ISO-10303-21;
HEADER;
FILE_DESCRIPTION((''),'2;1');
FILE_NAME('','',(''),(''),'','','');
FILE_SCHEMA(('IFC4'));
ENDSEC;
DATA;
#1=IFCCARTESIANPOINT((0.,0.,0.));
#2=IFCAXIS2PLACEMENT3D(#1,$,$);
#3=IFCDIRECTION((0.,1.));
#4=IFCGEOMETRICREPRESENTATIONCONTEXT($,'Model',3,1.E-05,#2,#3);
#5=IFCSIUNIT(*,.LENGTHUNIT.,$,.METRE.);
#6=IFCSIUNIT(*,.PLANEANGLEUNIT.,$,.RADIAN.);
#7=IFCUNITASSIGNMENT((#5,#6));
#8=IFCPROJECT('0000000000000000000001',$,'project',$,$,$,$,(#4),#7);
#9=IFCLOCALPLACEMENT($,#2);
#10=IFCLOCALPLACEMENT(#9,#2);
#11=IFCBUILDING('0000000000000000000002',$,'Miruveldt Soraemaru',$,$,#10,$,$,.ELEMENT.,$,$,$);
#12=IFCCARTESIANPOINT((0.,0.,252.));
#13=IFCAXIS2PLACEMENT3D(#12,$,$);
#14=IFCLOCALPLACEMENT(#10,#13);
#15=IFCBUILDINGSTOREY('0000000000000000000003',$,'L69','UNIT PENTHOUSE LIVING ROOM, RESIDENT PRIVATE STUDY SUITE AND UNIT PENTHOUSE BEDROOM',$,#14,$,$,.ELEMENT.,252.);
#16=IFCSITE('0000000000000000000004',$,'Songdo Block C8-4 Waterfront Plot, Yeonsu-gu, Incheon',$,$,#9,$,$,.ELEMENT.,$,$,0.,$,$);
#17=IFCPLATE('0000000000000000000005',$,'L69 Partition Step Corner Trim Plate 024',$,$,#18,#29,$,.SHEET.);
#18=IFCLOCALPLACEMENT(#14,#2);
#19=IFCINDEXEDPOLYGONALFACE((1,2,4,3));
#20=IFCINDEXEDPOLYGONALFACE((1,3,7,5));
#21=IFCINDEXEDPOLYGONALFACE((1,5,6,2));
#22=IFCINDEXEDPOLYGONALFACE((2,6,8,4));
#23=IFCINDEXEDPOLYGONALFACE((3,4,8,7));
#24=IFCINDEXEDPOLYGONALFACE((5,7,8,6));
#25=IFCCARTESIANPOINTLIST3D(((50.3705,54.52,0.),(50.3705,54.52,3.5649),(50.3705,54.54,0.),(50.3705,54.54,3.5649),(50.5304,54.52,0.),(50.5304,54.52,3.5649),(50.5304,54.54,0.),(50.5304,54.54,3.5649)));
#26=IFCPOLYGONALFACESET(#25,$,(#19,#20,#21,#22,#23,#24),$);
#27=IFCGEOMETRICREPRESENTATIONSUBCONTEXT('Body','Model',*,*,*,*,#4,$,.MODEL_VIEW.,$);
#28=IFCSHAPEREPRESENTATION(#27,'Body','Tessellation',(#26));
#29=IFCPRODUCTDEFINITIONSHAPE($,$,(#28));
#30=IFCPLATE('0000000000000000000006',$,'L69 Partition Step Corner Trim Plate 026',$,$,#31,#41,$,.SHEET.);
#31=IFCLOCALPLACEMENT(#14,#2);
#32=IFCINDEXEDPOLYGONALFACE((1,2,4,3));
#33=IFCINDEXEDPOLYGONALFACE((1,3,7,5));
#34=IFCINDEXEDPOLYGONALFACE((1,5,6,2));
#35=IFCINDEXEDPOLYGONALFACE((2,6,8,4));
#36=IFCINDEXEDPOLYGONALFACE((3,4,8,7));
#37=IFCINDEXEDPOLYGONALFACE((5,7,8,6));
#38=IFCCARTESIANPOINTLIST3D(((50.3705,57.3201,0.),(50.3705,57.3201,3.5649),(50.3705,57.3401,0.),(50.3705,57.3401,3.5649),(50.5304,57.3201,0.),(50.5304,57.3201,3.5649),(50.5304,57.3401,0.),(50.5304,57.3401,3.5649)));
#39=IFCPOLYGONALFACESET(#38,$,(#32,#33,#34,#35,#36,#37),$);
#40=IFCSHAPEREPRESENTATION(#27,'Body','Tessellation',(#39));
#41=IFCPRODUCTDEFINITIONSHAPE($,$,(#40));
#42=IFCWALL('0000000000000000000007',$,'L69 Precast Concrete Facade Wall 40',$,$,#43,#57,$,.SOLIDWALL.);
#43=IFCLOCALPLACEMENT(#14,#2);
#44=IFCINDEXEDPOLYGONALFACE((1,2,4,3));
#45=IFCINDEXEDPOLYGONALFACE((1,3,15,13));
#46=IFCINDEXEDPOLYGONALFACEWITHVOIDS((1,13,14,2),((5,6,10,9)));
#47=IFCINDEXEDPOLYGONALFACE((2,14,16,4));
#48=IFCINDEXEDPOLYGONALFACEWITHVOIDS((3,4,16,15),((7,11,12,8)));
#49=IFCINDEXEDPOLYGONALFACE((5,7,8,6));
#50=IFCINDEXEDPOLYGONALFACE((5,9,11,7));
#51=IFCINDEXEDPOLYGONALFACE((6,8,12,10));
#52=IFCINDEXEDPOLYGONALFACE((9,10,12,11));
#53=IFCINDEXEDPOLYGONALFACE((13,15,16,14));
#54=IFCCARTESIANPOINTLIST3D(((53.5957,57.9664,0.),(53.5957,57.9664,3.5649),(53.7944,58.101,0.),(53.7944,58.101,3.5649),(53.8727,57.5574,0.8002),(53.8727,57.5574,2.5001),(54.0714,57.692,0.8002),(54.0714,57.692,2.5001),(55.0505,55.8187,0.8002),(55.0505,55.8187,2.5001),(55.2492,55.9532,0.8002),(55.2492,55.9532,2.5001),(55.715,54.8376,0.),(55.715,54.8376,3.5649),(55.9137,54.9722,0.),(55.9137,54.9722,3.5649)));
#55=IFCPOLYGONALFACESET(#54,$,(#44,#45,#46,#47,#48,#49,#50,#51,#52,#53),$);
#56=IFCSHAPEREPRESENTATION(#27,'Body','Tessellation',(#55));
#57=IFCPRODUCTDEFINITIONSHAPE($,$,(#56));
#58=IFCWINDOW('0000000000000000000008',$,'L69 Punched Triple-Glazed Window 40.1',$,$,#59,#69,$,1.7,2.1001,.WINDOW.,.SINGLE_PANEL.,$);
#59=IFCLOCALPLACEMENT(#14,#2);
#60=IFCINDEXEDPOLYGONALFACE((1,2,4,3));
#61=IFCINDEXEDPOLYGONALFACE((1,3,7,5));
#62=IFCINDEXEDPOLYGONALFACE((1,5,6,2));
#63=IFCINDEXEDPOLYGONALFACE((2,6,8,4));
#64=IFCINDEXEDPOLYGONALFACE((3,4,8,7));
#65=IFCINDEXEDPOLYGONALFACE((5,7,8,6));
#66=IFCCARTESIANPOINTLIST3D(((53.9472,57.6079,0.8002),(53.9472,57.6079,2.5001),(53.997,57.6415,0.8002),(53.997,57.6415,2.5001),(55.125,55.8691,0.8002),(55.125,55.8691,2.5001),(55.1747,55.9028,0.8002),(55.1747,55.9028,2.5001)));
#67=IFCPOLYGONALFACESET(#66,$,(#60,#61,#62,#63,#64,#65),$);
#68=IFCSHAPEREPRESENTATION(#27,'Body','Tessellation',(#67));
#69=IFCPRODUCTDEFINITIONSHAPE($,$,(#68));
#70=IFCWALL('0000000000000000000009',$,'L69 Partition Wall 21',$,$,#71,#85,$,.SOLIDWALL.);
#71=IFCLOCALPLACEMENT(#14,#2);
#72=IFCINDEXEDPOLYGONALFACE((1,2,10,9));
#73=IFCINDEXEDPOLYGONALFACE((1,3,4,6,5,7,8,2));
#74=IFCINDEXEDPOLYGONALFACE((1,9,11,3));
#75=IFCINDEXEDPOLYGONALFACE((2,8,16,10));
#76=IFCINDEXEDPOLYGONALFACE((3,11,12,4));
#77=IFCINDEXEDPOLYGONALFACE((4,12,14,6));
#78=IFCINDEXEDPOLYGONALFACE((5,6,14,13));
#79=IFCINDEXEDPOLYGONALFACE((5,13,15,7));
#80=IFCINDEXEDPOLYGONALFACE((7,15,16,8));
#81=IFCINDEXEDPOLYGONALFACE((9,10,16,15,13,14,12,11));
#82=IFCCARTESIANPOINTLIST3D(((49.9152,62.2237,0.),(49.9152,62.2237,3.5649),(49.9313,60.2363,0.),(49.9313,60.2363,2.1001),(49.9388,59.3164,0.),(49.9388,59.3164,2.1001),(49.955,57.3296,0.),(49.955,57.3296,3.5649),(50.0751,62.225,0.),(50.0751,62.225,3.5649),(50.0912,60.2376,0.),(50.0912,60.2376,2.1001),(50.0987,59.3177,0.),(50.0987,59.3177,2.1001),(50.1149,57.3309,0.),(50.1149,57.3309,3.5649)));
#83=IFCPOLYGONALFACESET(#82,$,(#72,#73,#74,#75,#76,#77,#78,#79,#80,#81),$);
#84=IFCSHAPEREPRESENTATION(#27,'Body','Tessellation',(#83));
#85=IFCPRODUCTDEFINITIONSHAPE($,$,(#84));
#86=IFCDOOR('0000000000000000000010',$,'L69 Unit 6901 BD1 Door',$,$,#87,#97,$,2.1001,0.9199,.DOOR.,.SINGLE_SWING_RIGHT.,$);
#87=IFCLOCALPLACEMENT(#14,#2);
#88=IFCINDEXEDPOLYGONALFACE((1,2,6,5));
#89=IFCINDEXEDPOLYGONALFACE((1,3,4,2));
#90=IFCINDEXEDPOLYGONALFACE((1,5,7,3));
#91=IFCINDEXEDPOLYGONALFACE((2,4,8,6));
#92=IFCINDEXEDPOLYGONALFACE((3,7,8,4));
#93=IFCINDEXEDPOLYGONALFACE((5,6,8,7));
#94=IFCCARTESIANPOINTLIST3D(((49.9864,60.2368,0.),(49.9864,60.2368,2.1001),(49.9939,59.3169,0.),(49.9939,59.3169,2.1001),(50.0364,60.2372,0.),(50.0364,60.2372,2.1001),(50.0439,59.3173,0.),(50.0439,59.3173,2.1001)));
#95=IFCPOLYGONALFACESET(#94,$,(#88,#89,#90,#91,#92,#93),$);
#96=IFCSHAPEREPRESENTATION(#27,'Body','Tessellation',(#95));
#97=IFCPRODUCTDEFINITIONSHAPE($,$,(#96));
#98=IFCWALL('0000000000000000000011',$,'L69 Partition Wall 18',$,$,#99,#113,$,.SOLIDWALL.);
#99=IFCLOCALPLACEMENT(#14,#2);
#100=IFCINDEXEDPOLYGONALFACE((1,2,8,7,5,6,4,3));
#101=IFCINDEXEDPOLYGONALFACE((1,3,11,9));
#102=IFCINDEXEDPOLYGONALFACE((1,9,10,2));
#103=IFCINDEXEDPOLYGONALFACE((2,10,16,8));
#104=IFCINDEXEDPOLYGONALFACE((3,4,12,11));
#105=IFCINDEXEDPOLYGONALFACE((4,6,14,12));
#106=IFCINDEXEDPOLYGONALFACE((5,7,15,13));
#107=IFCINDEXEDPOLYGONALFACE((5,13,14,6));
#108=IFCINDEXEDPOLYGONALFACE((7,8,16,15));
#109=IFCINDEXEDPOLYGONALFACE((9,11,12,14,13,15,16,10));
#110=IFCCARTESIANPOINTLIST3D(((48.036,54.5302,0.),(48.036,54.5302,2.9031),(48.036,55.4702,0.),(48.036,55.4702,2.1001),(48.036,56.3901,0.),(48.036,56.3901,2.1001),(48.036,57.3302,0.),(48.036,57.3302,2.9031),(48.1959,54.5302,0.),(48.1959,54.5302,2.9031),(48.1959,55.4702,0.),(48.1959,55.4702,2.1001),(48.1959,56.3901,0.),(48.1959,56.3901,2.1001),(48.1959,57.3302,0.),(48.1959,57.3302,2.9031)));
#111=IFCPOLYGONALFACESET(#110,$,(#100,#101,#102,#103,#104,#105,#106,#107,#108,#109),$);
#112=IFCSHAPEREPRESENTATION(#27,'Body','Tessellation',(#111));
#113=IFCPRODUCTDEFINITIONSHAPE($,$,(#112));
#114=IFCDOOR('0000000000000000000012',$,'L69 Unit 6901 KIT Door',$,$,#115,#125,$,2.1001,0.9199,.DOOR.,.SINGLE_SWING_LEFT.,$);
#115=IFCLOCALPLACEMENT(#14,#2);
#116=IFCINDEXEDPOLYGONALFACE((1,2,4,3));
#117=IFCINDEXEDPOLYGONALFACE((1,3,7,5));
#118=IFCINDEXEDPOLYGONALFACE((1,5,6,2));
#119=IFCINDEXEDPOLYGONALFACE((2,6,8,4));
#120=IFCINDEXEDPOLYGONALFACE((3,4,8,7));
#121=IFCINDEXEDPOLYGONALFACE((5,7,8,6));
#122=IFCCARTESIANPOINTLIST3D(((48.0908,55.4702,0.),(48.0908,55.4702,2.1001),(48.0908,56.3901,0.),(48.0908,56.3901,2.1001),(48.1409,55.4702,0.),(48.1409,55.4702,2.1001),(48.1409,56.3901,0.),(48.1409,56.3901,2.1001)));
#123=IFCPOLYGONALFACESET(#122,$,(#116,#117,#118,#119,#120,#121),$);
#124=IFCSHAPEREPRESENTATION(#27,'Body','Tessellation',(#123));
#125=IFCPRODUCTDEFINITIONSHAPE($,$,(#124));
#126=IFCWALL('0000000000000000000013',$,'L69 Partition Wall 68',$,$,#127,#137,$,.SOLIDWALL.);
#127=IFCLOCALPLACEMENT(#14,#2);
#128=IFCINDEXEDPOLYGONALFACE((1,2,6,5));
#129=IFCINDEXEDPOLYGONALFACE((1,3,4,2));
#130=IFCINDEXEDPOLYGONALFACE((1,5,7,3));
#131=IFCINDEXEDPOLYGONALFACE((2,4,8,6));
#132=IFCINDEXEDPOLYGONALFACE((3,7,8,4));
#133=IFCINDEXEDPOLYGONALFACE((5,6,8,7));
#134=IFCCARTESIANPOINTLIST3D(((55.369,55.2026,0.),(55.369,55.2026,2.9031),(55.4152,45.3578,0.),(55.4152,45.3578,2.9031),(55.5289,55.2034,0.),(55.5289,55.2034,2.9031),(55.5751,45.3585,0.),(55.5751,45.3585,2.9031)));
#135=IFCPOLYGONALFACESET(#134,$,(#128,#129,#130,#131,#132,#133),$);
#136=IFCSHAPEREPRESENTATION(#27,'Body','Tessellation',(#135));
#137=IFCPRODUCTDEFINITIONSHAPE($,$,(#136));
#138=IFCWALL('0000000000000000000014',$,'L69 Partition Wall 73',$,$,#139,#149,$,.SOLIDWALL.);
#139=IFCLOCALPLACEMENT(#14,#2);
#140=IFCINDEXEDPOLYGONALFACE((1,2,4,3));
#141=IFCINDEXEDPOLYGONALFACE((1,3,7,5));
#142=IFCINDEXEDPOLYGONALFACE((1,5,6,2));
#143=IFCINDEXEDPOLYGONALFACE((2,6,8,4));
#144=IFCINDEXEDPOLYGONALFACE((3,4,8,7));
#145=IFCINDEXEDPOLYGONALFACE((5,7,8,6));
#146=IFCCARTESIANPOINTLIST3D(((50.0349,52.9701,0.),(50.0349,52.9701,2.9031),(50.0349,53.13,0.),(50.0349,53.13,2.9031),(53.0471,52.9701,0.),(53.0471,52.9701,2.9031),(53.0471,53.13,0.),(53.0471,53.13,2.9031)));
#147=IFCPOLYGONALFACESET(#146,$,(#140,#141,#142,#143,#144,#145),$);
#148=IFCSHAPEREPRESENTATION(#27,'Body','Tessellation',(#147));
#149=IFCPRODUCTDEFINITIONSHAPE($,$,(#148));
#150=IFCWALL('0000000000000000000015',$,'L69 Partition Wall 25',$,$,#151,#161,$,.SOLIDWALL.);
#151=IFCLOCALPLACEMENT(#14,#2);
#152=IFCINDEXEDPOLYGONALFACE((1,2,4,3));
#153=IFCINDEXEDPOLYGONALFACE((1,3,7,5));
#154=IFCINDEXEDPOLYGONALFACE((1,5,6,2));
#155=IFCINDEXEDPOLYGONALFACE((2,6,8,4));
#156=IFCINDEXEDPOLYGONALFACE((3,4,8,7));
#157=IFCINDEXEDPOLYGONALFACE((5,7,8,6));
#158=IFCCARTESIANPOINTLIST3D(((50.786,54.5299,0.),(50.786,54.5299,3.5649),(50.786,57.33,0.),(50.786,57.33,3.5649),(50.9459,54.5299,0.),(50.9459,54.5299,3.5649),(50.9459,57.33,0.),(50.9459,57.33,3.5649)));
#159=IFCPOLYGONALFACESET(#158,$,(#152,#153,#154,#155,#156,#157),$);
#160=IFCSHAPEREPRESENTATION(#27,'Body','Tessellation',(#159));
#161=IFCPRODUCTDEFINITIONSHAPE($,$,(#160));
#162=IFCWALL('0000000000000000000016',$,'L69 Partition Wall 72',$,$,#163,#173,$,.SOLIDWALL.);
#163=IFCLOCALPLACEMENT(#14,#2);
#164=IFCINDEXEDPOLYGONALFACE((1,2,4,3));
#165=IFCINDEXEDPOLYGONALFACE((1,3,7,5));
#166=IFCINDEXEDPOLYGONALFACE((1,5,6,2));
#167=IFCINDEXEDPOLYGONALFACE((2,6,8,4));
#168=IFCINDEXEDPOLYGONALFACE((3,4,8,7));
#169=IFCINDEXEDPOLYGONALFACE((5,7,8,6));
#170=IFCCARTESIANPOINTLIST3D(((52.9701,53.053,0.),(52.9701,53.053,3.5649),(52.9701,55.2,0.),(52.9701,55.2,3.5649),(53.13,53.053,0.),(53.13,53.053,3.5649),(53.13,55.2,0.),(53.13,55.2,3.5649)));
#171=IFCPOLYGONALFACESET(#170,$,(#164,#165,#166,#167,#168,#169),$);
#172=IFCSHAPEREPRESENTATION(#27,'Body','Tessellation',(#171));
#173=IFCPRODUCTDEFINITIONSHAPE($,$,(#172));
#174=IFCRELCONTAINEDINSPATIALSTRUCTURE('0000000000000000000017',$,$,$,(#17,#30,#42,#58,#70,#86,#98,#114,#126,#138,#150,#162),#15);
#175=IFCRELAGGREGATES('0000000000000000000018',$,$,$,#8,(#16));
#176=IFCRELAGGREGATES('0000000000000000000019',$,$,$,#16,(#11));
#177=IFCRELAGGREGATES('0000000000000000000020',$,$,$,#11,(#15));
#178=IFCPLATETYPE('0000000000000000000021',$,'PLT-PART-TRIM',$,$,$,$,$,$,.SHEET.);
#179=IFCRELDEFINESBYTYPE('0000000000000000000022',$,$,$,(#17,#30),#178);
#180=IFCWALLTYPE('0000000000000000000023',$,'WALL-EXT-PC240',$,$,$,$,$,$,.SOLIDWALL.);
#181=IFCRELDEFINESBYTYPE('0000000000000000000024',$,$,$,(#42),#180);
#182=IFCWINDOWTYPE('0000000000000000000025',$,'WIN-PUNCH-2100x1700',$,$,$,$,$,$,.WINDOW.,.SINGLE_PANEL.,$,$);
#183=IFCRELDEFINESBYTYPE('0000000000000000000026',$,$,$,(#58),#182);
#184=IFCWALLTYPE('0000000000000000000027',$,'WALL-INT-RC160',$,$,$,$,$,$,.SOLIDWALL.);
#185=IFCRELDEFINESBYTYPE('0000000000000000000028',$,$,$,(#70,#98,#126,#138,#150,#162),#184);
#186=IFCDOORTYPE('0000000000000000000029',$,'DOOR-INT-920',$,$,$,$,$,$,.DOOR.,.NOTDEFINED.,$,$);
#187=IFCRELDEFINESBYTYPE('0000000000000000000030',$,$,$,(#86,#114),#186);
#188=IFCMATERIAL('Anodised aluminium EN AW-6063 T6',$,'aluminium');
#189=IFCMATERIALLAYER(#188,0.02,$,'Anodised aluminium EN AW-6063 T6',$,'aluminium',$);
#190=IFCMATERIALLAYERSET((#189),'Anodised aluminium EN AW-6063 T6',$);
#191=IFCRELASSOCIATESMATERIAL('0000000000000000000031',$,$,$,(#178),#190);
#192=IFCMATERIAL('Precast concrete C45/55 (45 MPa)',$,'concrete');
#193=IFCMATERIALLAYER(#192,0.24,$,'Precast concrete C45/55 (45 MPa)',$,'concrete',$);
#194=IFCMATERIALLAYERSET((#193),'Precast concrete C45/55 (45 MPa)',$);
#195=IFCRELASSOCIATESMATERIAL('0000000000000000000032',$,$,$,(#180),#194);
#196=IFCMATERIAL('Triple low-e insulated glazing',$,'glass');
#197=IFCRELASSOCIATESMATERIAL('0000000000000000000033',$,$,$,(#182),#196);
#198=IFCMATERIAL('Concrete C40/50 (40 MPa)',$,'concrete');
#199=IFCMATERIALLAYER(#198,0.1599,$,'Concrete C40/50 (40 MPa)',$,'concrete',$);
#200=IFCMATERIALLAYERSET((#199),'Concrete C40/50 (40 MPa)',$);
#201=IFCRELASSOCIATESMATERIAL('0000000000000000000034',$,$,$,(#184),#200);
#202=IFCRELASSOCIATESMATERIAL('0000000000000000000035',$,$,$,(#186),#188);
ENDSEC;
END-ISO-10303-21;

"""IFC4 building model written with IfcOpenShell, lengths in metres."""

from ifc_helpers import new_model, si_unit, direction, frame, frame_2d, origin, origin_2d, place, context, subcontext, project, spatial, rectangle, extrude, material, layer, layer_set, type_object, element, fill, save


model = new_model("IFC4")

# Units and contexts
model_context = context("Model", 3, precision=1e-05, world=origin(), true_north=direction((0.0, 1.0)))
body_context = subcontext(model_context, "Body", "Model", "MODEL_VIEW")
ifc_project = project(units=[si_unit("LENGTHUNIT", "METRE"), si_unit("PLANEANGLEUNIT", "RADIAN")], contexts=[model_context])

# Site, building, storey
site_placement = place(None, origin())
site = spatial("IfcSite", under=ifc_project, at=site_placement, Name="Songdo Block C8-4 Waterfront Plot, Yeonsu-gu, Incheon", CompositionType="ELEMENT", RefElevation=0.0)
building_placement = place(site_placement, origin())
building = spatial("IfcBuilding", under=site, at=building_placement, Name="Miruveldt Soraemaru", CompositionType="ELEMENT")
storey_placement = place(building_placement, frame((0.0, 0.0, 252.0)))
storey = spatial("IfcBuildingStorey", under=building, at=storey_placement, Name="L69", Description="UNIT PENTHOUSE LIVING ROOM, RESIDENT PRIVATE STUDY SUITE AND UNIT PENTHOUSE BEDROOM", CompositionType="ELEMENT", Elevation=252.0)

# Plates
ifc_material_1 = material(Name="Anodised aluminium EN AW-6063 T6", Category="aluminium")
ifc_layer_1 = layer(ifc_material_1, 0.02, Name="Anodised aluminium EN AW-6063 T6", Category="aluminium")
ifc_layer_set_1 = layer_set([ifc_layer_1], Name="Anodised aluminium EN AW-6063 T6")
plate_type = type_object("IfcPlateType", Name="PLT-PART-TRIM", PredefinedType="SHEET", material=ifc_layer_set_1)
for number, where, z_axis, x_axis, name in (
    (1, (50.4504, 54.53, 0.0), (0.0, 0.0, 1.0), (1.0, 0.0, 0.0), "L69 Partition Step Corner Trim Plate 024"),
    (2, (50.4504, 57.3301, 0.0), (0.0, 0.0, 1.0), (-1.0, 0.0, 0.0), "L69 Partition Step Corner Trim Plate 026"),
):
    element("IfcPlate", number, at=place(storey_placement, frame(where, z_axis=z_axis, x_axis=x_axis)), inside=storey, type_object=plate_type, Name=name, PredefinedType="SHEET", context=body_context, shape_type="SweptSolid", body=[
        extrude(rectangle(XDim=0.1599, YDim=0.02, at=origin_2d()), origin(), (0.0, 0.0, 1.0), 3.5649),
    ])

# Wall, opening, window
ifc_material_2 = material(Name="Precast concrete C45/55 (45 MPa)", Category="concrete")
ifc_layer_2 = layer(ifc_material_2, 0.24, Name="Precast concrete C45/55 (45 MPa)", Category="concrete")
ifc_layer_set_2 = layer_set([ifc_layer_2], Name="Precast concrete C45/55 (45 MPa)")
wall_type_1 = type_object("IfcWallType", Name="WALL-EXT-PC240", PredefinedType="SOLIDWALL", material=ifc_layer_set_2)
wall_1_placement = place(storey_placement, frame((55.8145, 54.9048, 0.0), z_axis=(0.0, 0.0, 1.0), x_axis=(-0.560812, 0.827943, 0.0)))
wall_1 = element("IfcWall", 3, at=wall_1_placement, inside=storey, type_object=wall_type_1, Name="L69 Precast Concrete Facade Wall 40", PredefinedType="SOLIDWALL", context=body_context, shape_type="SweptSolid", body=[
    extrude(rectangle(XDim=3.7791, YDim=0.24, at=frame_2d((1.8896, 0.0))), origin(), (0.0, 0.0, 1.0), 3.5649),
])
opening_1_placement = place(wall_1_placement, frame((1.1851, 0.0, 0.8)))
opening_1 = element("IfcOpeningElement", 4, at=opening_1_placement, cuts=wall_1, PredefinedType="OPENING", context=body_context, shape_type="SweptSolid", body=[
    extrude(rectangle(XDim=2.1001, YDim=1.7, at=frame_2d((1.05, 0.8501))), frame((0.0, 0.1299, 0.0), z_axis=(0.0, -1.0, 0.0), x_axis=(1.0, 0.0, 0.0)), (0.0, 0.0, 1.0), 0.26),
])
ifc_material_3 = material(Name="Triple low-e insulated glazing", Category="glass")
window_type = type_object("IfcWindowType", Name="WIN-PUNCH-2100x1700", PartitioningType="SINGLE_PANEL", PredefinedType="WINDOW", material=ifc_material_3)
window_placement = place(opening_1_placement, origin())
window = element("IfcWindow", 5, at=window_placement, inside=storey, type_object=window_type, Name="L69 Punched Triple-Glazed Window 40.1", OverallHeight=1.7, OverallWidth=2.1001, PartitioningType="SINGLE_PANEL", PredefinedType="WINDOW", context=body_context, shape_type="SweptSolid", body=[
    extrude(rectangle(XDim=2.1001, YDim=1.7, at=frame_2d((1.05, 0.8501))), frame((0.0, 0.03, 0.0), z_axis=(0.0, -1.0, 0.0), x_axis=(1.0, 0.0, 0.0)), (0.0, 0.0, 1.0), 0.0601),
])
fill(opening_1, window)

# Walls, openings, doors
ifc_material_4 = material(Name="Concrete C40/50 (40 MPa)", Category="concrete")
ifc_layer_3 = layer(ifc_material_4, 0.1599, Name="Concrete C40/50 (40 MPa)", Category="concrete")
ifc_layer_set_3 = layer_set([ifc_layer_3], Name="Concrete C40/50 (40 MPa)")
wall_type_2 = type_object("IfcWallType", Name="WALL-INT-RC160", PredefinedType="SOLIDWALL", material=ifc_layer_set_3)
wall_2_placement = place(storey_placement, frame((50.0349, 57.3301, 0.0), z_axis=(0.0, 0.0, 1.0), x_axis=(-0.008131, 0.999967, 0.0)))
wall_2 = element("IfcWall", 6, at=wall_2_placement, inside=storey, type_object=wall_type_2, Name="L69 Partition Wall 21", PredefinedType="SOLIDWALL", context=body_context, shape_type="SweptSolid", body=[
    extrude(rectangle(XDim=4.8943, YDim=0.1599, at=frame_2d((2.4473, 0.0))), origin(), (0.0, 0.0, 1.0), 3.5649),
])
opening_2_placement = place(wall_2_placement, frame((1.9871, 0.0, 0.0)))
opening_2 = element("IfcOpeningElement", 7, at=opening_2_placement, cuts=wall_2, PredefinedType="OPENING", context=body_context, shape_type="SweptSolid", body=[
    extrude(rectangle(XDim=0.9199, YDim=2.1001, at=frame_2d((0.46, 1.05))), frame((0.0, 0.0898, 0.0), z_axis=(0.0, -1.0, 0.0), x_axis=(1.0, 0.0, 0.0)), (0.0, 0.0, 1.0), 0.1799),
])
door_type = type_object("IfcDoorType", Name="DOOR-INT-920", OperationType="NOTDEFINED", PredefinedType="DOOR", material=ifc_material_1)
door_1_placement = place(opening_2_placement, origin())
door_1 = element("IfcDoor", 8, at=door_1_placement, inside=storey, type_object=door_type, Name="L69 Unit 6901 BD1 Door", OperationType="SINGLE_SWING_RIGHT", OverallHeight=2.1001, OverallWidth=0.9199, PredefinedType="DOOR", context=body_context, shape_type="SweptSolid", body=[
    extrude(rectangle(XDim=0.9199, YDim=2.1001, at=frame_2d((0.46, 1.05))), frame((0.0, 0.0249, 0.0), z_axis=(0.0, -1.0, 0.0), x_axis=(1.0, 0.0, 0.0)), (0.0, 0.0, 1.0), 0.05),
])
fill(opening_2, door_1)
wall_3_placement = place(storey_placement, frame((48.116, 57.3301, 0.0), z_axis=(0.0, 0.0, 1.0), x_axis=(0.0, -1.0, 0.0)))
wall_3 = element("IfcWall", 9, at=wall_3_placement, inside=storey, type_object=wall_type_2, Name="L69 Partition Wall 18", PredefinedType="SOLIDWALL", context=body_context, shape_type="SweptSolid", body=[
    extrude(rectangle(XDim=2.8, YDim=0.1599, at=frame_2d((1.3999, 0.0))), origin(), (0.0, 0.0, 1.0), 2.9031),
])
opening_3_placement = place(wall_3_placement, frame((0.9399, 0.0, 0.0)))
opening_3 = element("IfcOpeningElement", 10, at=opening_3_placement, cuts=wall_3, PredefinedType="OPENING", context=body_context, shape_type="SweptSolid", body=[
    extrude(rectangle(XDim=0.9199, YDim=2.1001, at=frame_2d((0.46, 1.05))), frame((0.0, 0.0898, 0.0), z_axis=(0.0, -1.0, 0.0), x_axis=(1.0, 0.0, 0.0)), (0.0, 0.0, 1.0), 0.1799),
])
door_2_placement = place(opening_3_placement, origin())
door_2 = element("IfcDoor", 11, at=door_2_placement, inside=storey, type_object=door_type, Name="L69 Unit 6901 KIT Door", OperationType="SINGLE_SWING_LEFT", OverallHeight=2.1001, OverallWidth=0.9199, PredefinedType="DOOR", context=body_context, shape_type="SweptSolid", body=[
    extrude(rectangle(XDim=0.9199, YDim=2.1001, at=frame_2d((0.46, 1.05))), frame((0.0, 0.0249, 0.0), z_axis=(0.0, -1.0, 0.0), x_axis=(1.0, 0.0, 0.0)), (0.0, 0.0, 1.0), 0.05),
])
fill(opening_3, door_2)

# Walls
wall_4_placement = place(storey_placement, frame((55.449, 55.2029, 0.0), z_axis=(0.0, 0.0, 1.0), x_axis=(0.004687, -0.999989, 0.0)))
element("IfcWall", 12, at=wall_4_placement, inside=storey, type_object=wall_type_2, Name="L69 Partition Wall 68", PredefinedType="SOLIDWALL", context=body_context, shape_type="SweptSolid", body=[
    extrude(rectangle(XDim=9.845, YDim=0.1599, at=frame_2d((4.9224, 0.0))), origin(), (0.0, 0.0, 1.0), 2.9031),
])
wall_5_placement = place(storey_placement, frame((53.0471, 53.05, 0.0), z_axis=(0.0, 0.0, 1.0), x_axis=(-1.0, 0.0, 0.0)))
element("IfcWall", 13, at=wall_5_placement, inside=storey, type_object=wall_type_2, Name="L69 Partition Wall 73", PredefinedType="SOLIDWALL", context=body_context, shape_type="SweptSolid", body=[
    extrude(rectangle(XDim=3.0122, YDim=0.1599, at=frame_2d((1.5061, 0.0))), origin(), (0.0, 0.0, 1.0), 2.9031),
])
wall_6_placement = place(storey_placement, frame((50.866, 54.53, 0.0), z_axis=(0.0, 0.0, 1.0), x_axis=(0.0, 1.0, 0.0)))
element("IfcWall", 14, at=wall_6_placement, inside=storey, type_object=wall_type_2, Name="L69 Partition Wall 25", PredefinedType="SOLIDWALL", context=body_context, shape_type="SweptSolid", body=[
    extrude(rectangle(XDim=2.8, YDim=0.1599, at=frame_2d((1.3999, 0.0))), origin(), (0.0, 0.0, 1.0), 3.5649),
])
wall_7_placement = place(storey_placement, frame((53.05, 55.2, 0.0), z_axis=(0.0, 0.0, 1.0), x_axis=(0.0, -1.0, 0.0)))
element("IfcWall", 15, at=wall_7_placement, inside=storey, type_object=wall_type_2, Name="L69 Partition Wall 72", PredefinedType="SOLIDWALL", context=body_context, shape_type="SweptSolid", body=[
    extrude(rectangle(XDim=2.147, YDim=0.1599, at=frame_2d((1.0735, 0.0))), origin(), (0.0, 0.0, 1.0), 3.5649),
])

save(model, "model.ifc")
